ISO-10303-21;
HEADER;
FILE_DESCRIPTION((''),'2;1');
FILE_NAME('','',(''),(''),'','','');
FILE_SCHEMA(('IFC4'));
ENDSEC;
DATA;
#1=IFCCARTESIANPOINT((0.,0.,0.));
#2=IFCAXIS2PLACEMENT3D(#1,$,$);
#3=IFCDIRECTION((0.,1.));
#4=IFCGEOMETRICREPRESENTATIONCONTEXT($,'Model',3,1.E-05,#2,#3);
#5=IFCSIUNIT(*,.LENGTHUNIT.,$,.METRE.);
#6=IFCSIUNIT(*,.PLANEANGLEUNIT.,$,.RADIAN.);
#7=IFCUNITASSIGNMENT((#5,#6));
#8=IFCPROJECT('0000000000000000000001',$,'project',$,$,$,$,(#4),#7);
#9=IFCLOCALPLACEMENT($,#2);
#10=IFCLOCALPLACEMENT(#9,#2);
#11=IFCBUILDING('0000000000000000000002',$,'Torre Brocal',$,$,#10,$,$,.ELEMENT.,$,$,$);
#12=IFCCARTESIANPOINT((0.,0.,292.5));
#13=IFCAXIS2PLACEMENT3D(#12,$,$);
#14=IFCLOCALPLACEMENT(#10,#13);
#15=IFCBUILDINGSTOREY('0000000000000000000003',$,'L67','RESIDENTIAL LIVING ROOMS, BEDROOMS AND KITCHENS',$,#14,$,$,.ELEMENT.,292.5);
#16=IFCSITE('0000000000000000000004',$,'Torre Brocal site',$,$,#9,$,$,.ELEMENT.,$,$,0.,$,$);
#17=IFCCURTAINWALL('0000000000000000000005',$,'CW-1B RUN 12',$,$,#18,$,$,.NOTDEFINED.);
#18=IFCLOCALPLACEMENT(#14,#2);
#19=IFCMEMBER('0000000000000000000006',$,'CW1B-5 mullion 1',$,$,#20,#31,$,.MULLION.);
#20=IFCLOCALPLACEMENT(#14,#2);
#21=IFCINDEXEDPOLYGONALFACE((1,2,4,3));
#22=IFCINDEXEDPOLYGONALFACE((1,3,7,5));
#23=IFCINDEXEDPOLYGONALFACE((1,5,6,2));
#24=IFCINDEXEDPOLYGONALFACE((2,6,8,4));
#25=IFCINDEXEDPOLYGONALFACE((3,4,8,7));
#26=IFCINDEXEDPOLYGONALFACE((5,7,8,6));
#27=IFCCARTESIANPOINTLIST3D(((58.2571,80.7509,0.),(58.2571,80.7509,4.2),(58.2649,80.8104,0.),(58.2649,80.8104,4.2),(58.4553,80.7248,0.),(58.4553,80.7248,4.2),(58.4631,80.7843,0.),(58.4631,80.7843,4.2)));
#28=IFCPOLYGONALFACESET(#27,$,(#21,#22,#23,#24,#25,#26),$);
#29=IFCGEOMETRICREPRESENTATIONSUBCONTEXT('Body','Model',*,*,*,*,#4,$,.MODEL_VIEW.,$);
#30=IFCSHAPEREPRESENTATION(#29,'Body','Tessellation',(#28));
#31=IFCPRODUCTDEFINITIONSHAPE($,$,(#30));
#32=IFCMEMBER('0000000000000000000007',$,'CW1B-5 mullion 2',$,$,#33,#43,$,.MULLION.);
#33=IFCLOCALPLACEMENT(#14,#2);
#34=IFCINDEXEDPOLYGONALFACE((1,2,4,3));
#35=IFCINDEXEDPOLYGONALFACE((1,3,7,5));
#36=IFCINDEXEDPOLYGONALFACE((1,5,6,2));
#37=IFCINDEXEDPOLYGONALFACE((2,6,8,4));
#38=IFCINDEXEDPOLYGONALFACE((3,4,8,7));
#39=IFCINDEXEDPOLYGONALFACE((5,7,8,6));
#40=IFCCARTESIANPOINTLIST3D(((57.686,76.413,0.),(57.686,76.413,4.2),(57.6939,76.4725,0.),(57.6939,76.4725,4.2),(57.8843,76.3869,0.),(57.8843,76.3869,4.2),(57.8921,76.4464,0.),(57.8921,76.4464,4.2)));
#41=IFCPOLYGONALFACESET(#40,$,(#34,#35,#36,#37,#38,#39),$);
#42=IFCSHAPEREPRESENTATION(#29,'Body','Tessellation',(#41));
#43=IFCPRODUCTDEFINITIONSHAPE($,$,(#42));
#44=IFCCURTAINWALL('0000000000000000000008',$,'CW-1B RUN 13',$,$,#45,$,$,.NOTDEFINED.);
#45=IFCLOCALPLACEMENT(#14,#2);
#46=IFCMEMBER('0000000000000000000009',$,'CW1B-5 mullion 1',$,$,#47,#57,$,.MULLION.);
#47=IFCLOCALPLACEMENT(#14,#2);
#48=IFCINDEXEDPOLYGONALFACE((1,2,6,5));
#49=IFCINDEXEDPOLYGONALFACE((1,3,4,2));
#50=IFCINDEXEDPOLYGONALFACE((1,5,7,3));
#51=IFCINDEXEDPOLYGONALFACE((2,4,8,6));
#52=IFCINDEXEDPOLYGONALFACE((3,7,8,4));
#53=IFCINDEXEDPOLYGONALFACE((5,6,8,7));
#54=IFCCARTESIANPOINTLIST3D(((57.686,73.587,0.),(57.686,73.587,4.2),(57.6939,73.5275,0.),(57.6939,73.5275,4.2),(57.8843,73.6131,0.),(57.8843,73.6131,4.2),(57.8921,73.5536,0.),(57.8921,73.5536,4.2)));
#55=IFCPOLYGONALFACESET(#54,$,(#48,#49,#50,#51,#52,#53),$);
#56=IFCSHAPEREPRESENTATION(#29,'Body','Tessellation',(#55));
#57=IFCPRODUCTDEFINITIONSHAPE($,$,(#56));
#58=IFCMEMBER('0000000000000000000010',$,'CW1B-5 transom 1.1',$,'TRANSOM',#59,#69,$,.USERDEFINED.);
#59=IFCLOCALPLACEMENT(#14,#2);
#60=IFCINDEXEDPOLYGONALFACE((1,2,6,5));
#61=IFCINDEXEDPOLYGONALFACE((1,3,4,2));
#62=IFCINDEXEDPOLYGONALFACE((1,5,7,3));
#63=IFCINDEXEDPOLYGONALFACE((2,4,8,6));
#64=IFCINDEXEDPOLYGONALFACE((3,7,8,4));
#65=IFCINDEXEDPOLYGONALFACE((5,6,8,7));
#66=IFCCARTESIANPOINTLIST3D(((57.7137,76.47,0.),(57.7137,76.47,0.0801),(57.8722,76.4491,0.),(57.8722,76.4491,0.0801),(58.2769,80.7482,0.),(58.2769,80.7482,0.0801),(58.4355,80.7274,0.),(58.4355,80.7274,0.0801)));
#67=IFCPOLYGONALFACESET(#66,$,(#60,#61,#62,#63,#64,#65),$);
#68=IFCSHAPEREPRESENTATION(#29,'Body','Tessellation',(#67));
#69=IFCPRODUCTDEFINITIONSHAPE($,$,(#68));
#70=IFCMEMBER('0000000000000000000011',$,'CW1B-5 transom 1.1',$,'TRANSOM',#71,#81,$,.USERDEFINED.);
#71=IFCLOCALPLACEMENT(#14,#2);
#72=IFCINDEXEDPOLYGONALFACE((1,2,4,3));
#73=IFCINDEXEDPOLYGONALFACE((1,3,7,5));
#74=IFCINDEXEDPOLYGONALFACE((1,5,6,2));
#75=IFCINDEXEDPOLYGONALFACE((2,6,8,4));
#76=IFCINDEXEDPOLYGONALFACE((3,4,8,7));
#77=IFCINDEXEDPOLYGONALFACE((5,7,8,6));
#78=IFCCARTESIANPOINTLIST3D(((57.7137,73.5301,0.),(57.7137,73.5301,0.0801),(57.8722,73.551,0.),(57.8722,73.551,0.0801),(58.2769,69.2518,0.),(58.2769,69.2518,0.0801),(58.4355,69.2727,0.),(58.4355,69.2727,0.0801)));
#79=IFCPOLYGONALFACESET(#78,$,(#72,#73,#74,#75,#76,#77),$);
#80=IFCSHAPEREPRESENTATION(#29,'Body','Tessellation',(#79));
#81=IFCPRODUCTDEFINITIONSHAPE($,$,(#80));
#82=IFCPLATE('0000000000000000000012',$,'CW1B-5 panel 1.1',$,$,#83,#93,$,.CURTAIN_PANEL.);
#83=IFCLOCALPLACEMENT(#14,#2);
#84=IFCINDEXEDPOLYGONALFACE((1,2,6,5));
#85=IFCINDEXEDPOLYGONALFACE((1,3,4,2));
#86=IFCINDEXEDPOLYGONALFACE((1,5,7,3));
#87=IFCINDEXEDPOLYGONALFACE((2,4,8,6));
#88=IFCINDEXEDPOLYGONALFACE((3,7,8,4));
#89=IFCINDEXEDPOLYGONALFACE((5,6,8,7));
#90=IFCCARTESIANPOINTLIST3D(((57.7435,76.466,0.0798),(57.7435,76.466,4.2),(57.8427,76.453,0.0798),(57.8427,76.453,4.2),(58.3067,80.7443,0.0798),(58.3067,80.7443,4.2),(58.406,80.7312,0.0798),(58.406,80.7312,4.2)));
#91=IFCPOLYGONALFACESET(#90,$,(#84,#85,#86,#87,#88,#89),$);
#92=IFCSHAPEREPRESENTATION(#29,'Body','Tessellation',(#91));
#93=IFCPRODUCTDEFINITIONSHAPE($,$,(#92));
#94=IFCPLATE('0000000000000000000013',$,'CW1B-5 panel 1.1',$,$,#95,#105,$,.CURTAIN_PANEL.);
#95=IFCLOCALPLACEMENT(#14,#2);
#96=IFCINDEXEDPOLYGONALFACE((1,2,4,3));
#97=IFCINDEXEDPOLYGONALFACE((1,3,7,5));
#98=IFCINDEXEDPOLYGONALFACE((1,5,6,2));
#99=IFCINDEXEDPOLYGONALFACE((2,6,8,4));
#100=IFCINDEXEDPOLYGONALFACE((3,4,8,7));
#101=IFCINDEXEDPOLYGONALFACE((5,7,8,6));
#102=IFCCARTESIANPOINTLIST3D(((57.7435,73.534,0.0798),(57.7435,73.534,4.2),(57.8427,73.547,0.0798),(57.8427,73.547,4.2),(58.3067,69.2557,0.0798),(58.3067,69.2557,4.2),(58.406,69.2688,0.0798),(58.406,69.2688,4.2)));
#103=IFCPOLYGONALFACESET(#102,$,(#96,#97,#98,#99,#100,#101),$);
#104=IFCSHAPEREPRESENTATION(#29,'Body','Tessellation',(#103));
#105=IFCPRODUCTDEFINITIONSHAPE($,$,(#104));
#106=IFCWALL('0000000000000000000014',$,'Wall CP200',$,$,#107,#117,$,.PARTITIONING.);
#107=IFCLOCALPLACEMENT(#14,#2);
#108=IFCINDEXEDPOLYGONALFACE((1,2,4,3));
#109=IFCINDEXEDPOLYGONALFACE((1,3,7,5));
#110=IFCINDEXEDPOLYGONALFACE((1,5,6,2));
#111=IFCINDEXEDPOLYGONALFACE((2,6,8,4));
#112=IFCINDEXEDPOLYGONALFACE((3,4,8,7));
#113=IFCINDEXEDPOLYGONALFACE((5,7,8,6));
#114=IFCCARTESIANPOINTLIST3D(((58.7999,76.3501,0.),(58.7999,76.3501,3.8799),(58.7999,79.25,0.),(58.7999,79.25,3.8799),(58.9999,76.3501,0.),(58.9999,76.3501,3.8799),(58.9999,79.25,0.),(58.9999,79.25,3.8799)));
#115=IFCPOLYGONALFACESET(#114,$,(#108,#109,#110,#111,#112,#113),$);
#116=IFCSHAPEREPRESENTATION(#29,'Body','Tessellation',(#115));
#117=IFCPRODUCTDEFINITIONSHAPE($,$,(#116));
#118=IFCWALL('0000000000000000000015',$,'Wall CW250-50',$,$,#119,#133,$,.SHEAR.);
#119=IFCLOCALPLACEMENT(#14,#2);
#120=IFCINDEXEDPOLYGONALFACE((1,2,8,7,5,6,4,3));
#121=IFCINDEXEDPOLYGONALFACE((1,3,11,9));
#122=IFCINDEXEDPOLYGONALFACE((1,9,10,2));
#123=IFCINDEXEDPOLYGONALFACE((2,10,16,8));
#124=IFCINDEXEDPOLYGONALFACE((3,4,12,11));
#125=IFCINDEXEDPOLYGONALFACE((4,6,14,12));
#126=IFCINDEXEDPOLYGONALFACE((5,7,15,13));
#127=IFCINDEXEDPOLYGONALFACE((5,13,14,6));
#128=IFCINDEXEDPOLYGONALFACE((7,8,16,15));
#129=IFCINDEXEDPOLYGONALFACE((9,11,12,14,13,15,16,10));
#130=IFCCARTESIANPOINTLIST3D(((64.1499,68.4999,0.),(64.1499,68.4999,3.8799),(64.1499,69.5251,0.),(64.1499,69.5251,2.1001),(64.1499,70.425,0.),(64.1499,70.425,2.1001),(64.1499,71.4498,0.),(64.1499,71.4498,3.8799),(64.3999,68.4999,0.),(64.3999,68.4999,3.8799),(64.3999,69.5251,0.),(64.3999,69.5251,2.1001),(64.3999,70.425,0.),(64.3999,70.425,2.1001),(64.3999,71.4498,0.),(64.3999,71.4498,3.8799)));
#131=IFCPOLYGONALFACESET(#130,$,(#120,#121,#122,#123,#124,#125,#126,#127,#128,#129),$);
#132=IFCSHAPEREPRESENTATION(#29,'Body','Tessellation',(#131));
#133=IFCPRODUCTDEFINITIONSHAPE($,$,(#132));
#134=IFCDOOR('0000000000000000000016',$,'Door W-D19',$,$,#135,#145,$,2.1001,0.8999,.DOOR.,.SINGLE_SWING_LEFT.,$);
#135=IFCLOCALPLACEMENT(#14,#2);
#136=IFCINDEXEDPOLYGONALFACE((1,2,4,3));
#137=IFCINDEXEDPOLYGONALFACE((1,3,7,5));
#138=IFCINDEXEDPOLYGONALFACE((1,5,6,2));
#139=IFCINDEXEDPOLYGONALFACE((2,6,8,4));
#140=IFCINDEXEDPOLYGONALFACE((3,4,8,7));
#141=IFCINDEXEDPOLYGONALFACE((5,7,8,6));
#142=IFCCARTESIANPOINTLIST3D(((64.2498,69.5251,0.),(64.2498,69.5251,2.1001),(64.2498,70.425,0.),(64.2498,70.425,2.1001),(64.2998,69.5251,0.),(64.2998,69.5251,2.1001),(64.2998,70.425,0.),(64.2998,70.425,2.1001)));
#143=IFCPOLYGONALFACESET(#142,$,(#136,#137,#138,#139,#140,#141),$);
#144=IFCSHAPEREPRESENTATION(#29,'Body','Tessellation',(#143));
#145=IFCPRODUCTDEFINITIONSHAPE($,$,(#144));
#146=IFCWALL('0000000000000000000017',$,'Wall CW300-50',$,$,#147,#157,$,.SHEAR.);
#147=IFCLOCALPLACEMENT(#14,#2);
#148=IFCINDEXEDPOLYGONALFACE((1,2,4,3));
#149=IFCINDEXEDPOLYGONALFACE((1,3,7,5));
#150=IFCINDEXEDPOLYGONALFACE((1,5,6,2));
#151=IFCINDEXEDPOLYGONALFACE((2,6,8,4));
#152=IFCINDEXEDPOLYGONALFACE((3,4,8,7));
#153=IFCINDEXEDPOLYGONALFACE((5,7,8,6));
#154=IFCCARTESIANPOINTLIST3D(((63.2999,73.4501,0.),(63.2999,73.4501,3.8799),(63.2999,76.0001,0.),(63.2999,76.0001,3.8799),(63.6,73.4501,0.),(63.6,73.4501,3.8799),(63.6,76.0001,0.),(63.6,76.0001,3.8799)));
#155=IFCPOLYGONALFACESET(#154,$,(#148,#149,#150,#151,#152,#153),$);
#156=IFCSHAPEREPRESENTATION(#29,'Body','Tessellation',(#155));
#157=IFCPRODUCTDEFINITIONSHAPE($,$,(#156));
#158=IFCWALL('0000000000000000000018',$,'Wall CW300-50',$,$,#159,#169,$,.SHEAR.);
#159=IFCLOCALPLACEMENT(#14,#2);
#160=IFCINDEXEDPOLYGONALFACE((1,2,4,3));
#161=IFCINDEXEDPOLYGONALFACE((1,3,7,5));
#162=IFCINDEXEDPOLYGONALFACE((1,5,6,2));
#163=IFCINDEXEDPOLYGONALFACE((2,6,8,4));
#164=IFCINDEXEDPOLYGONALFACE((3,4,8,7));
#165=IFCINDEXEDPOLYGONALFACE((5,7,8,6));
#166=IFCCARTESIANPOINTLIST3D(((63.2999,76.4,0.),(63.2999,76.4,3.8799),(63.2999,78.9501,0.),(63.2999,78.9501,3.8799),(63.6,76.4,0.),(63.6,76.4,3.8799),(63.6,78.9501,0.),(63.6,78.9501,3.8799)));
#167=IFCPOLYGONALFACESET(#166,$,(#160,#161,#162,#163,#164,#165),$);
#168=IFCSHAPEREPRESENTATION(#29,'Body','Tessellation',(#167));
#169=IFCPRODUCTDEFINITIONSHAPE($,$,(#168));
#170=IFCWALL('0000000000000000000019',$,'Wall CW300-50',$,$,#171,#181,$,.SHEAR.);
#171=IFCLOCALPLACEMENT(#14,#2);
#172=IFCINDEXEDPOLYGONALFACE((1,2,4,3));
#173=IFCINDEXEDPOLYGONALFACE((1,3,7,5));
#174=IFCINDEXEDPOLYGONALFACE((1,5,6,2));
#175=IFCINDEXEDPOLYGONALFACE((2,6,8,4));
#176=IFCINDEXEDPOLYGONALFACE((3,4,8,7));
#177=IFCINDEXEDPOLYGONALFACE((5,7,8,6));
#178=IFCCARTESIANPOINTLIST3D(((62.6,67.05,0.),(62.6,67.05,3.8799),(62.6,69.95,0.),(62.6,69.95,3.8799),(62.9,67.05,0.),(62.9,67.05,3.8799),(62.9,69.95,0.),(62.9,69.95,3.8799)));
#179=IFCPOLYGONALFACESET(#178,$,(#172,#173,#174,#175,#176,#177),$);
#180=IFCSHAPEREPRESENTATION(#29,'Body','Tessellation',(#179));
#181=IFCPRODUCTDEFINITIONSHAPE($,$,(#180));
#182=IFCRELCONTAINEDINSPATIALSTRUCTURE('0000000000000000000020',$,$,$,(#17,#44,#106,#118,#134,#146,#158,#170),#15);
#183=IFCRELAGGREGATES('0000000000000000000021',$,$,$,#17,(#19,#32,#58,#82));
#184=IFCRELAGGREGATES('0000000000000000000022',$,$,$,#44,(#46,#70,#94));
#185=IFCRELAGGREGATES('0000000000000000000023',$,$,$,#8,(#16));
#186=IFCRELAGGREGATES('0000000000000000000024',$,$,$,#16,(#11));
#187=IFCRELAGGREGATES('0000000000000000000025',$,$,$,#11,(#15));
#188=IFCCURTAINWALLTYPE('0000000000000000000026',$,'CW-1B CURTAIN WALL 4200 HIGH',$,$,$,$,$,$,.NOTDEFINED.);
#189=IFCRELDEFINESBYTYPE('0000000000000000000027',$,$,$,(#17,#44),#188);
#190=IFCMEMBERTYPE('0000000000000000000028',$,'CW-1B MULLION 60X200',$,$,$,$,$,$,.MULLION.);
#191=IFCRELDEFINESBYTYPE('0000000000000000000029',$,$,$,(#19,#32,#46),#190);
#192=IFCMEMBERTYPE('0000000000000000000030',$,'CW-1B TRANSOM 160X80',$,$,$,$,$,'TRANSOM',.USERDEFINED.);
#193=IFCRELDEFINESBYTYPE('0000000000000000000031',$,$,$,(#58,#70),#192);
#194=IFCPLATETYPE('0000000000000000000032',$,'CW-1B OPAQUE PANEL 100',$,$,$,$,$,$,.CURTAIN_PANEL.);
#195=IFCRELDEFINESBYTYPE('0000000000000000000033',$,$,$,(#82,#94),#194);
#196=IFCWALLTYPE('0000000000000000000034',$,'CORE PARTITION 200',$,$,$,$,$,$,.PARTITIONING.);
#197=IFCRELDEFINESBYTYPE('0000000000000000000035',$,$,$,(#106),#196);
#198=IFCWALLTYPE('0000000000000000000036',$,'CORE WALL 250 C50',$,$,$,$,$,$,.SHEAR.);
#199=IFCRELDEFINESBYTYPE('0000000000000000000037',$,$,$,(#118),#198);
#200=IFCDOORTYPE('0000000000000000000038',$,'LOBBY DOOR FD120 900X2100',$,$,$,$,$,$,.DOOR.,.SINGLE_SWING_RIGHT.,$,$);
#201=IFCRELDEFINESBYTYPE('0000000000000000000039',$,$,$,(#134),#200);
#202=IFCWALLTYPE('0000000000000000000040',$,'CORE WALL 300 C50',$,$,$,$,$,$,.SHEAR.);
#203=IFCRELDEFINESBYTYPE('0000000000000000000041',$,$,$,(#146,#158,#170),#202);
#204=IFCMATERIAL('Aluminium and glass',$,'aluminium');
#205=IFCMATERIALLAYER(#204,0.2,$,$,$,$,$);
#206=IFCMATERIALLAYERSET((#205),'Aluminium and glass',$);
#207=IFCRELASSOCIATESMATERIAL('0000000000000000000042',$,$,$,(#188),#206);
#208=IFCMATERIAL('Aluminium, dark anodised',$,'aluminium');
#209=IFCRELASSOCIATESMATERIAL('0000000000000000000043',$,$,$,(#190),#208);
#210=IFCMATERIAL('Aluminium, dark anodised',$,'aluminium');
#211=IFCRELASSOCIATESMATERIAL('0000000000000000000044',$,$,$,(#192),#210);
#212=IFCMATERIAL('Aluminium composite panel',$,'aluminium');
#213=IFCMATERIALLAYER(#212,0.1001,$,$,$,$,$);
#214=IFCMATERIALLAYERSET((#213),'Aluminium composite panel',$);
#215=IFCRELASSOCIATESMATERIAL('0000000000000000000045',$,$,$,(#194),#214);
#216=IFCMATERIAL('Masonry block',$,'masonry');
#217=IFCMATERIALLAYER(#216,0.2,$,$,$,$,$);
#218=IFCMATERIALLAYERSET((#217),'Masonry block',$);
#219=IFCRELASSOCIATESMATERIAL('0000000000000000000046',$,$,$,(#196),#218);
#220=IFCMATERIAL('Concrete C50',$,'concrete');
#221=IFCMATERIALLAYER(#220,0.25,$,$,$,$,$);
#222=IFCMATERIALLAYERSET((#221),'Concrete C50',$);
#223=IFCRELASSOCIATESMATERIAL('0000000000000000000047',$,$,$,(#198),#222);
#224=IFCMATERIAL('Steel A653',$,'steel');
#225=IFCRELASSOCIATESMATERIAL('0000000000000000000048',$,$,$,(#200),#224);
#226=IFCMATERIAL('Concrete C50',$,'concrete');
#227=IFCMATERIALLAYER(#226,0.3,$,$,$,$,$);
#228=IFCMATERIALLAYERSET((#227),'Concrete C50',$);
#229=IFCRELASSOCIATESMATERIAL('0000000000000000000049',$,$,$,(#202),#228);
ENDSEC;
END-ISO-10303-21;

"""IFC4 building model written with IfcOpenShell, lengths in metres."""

from ifc_helpers import new_model, si_unit, direction, frame, frame_2d, origin, origin_2d, place, context, subcontext, project, spatial, rectangle, extrude, material, layer, layer_set, material_profile, profile_set, type_object, element, fill, aggregate, save


model = new_model("IFC4")

# Units and contexts
model_context = context("Model", 3, precision=1e-05, world=origin(), true_north=direction((0.0, 1.0)))
body_context = subcontext(model_context, "Body", "Model", "MODEL_VIEW")
ifc_project = project(units=[si_unit("LENGTHUNIT", "METRE"), si_unit("PLANEANGLEUNIT", "RADIAN")], contexts=[model_context])

# Site, building, storey
site_placement = place(None, origin())
site = spatial("IfcSite", under=ifc_project, at=site_placement, Name="Torre Brocal site", CompositionType="ELEMENT", RefElevation=0.0)
building_placement = place(site_placement, origin())
building = spatial("IfcBuilding", under=site, at=building_placement, Name="Torre Brocal", CompositionType="ELEMENT")
storey_placement = place(building_placement, frame((0.0, 0.0, 292.5)))
storey = spatial("IfcBuildingStorey", under=building, at=storey_placement, Name="L67", Description="RESIDENTIAL LIVING ROOMS, BEDROOMS AND KITCHENS", CompositionType="ELEMENT", Elevation=292.5)

# Curtain wall, members
ifc_material_1 = material(Name="Aluminium and glass", Category="aluminium")
ifc_layer_1 = layer(ifc_material_1, 0.2)
ifc_layer_set_1 = layer_set([ifc_layer_1], Name="Aluminium and glass")
curtain_wall_type = type_object("IfcCurtainWallType", Name="CW-1B CURTAIN WALL 4200 HIGH", PredefinedType="NOTDEFINED", material=ifc_layer_set_1)
curtain_wall_1_placement = place(storey_placement, origin())
curtain_wall_1 = element("IfcCurtainWall", 1, at=curtain_wall_1_placement, inside=storey, type_object=curtain_wall_type, Name="CW-1B RUN 12", PredefinedType="NOTDEFINED")
ifc_material_2 = material(Name="Aluminium, dark anodised", Category="aluminium")
ifc_material_profile_1 = material_profile(ifc_material_2, rectangle(XDim=0.2, YDim=0.0601, at=origin_2d()), Name="CW-1B MULLION 60X200")
ifc_profile_set_1 = profile_set([ifc_material_profile_1], Name="Aluminium, dark anodised")
member_type_1 = type_object("IfcMemberType", Name="CW-1B MULLION 60X200", PredefinedType="MULLION", material=ifc_profile_set_1)
member_1_placement = place(storey_placement, frame((58.3601, 80.7676, 0.0), z_axis=(0.0, 0.0, 1.0), x_axis=(0.991445, -0.130526, 0.0)))
member_1 = element("IfcMember", 2, at=member_1_placement, type_object=member_type_1, Name="CW1B-5 mullion 1", PredefinedType="MULLION", context=body_context, shape_type="SweptSolid", body=[
    extrude(rectangle(XDim=0.2, YDim=0.0601, at=origin_2d()), origin(), (0.0, 0.0, 1.0), 4.2),
])
member_2_placement = place(storey_placement, frame((57.7891, 76.4297, 0.0), z_axis=(0.0, 0.0, 1.0), x_axis=(0.991445, -0.130526, 0.0)))
member_2 = element("IfcMember", 3, at=member_2_placement, type_object=member_type_1, Name="CW1B-5 mullion 2", PredefinedType="MULLION", context=body_context, shape_type="SweptSolid", body=[
    extrude(rectangle(XDim=0.2, YDim=0.0601, at=origin_2d()), origin(), (0.0, 0.0, 1.0), 4.2),
])

# Curtain wall, member
curtain_wall_2_placement = place(storey_placement, origin())
curtain_wall_2 = element("IfcCurtainWall", 4, at=curtain_wall_2_placement, inside=storey, type_object=curtain_wall_type, Name="CW-1B RUN 13", PredefinedType="NOTDEFINED")
member_3_placement = place(storey_placement, frame((57.7891, 73.5703, 0.0), z_axis=(0.0, 0.0, 1.0), x_axis=(0.991445, 0.130526, 0.0)))
member_3 = element("IfcMember", 5, at=member_3_placement, type_object=member_type_1, Name="CW1B-5 mullion 1", PredefinedType="MULLION", context=body_context, shape_type="SweptSolid", body=[
    extrude(rectangle(XDim=0.2, YDim=0.0601, at=origin_2d()), origin(), (0.0, 0.0, 1.0), 4.2),
])

# Members
ifc_material_3 = material(Name="Aluminium, dark anodised", Category="aluminium")
ifc_material_profile_2 = material_profile(ifc_material_3, rectangle(XDim=0.1599, YDim=0.0801, at=origin_2d()), Name="CW-1B TRANSOM 160X80")
ifc_profile_set_2 = profile_set([ifc_material_profile_2], Name="Aluminium, dark anodised")
member_type_2 = type_object("IfcMemberType", Name="CW-1B TRANSOM 160X80", ElementType="TRANSOM", PredefinedType="USERDEFINED", material=ifc_profile_set_2)
member_4_placement = place(storey_placement, frame((58.3562, 80.7378, 0.04), z_axis=(-0.130522, -0.991445, 0.0), x_axis=(0.991445, -0.130522, 0.0)))
member_4 = element("IfcMember", 6, at=member_4_placement, type_object=member_type_2, Name="CW1B-5 transom 1.1", ObjectType="TRANSOM", PredefinedType="USERDEFINED", context=body_context, shape_type="SweptSolid", body=[
    extrude(rectangle(XDim=0.1599, YDim=0.0801, at=origin_2d()), origin(), (0.0, 0.0, 1.0), 4.3152),
])
member_5_placement = place(storey_placement, frame((57.793, 73.5405, 0.04), z_axis=(0.130522, -0.991445, 0.0), x_axis=(0.991445, 0.130522, 0.0)))
member_5 = element("IfcMember", 7, at=member_5_placement, type_object=member_type_2, Name="CW1B-5 transom 1.1", ObjectType="TRANSOM", PredefinedType="USERDEFINED", context=body_context, shape_type="SweptSolid", body=[
    extrude(rectangle(XDim=0.1599, YDim=0.0801, at=origin_2d()), origin(), (0.0, 0.0, 1.0), 4.3152),
])

# Plates
ifc_material_4 = material(Name="Aluminium composite panel", Category="aluminium")
ifc_layer_2 = layer(ifc_material_4, 0.1001)
ifc_layer_set_2 = layer_set([ifc_layer_2], Name="Aluminium composite panel")
plate_type = type_object("IfcPlateType", Name="CW-1B OPAQUE PANEL 100", PredefinedType="CURTAIN_PANEL", material=ifc_layer_set_2)
plate_1_placement = place(storey_placement, frame((58.0747, 78.5986, 0.0798), z_axis=(0.0, 0.0, 1.0), x_axis=(-0.130526, -0.991445, 0.0)))
plate_1 = element("IfcPlate", 8, at=plate_1_placement, type_object=plate_type, Name="CW1B-5 panel 1.1", PredefinedType="CURTAIN_PANEL", context=body_context, shape_type="SweptSolid", body=[
    extrude(rectangle(XDim=4.3152, YDim=0.1001, at=origin_2d()), origin(), (0.0, 0.0, 1.0), 4.1201),
])
aggregate(curtain_wall_1, [member_1, member_2, member_4, plate_1])
plate_2_placement = place(storey_placement, frame((58.0747, 71.4014, 0.0798), z_axis=(0.0, 0.0, 1.0), x_axis=(0.130526, -0.991445, 0.0)))
plate_2 = element("IfcPlate", 9, at=plate_2_placement, type_object=plate_type, Name="CW1B-5 panel 1.1", PredefinedType="CURTAIN_PANEL", context=body_context, shape_type="SweptSolid", body=[
    extrude(rectangle(XDim=4.3152, YDim=0.1001, at=origin_2d()), origin(), (0.0, 0.0, 1.0), 4.1201),
])
aggregate(curtain_wall_2, [member_3, member_5, plate_2])

# Wall
ifc_material_5 = material(Name="Masonry block", Category="masonry")
ifc_layer_3 = layer(ifc_material_5, 0.2)
ifc_layer_set_3 = layer_set([ifc_layer_3], Name="Masonry block")
wall_type_1 = type_object("IfcWallType", Name="CORE PARTITION 200", PredefinedType="PARTITIONING", material=ifc_layer_set_3)
wall_1_placement = place(storey_placement, frame((58.8999, 79.25, 0.0), z_axis=(0.0, 0.0, 1.0), x_axis=(0.0, -1.0, 0.0)))
element("IfcWall", 10, at=wall_1_placement, inside=storey, type_object=wall_type_1, Name="Wall CP200", PredefinedType="PARTITIONING", context=body_context, shape_type="SweptSolid", body=[
    extrude(rectangle(XDim=2.8999, YDim=0.2, at=frame_2d((1.45, 0.0))), origin(), (0.0, 0.0, 1.0), 3.8799),
])

# Wall, opening, door
ifc_material_6 = material(Name="Concrete C50", Category="concrete")
ifc_layer_4 = layer(ifc_material_6, 0.25)
ifc_layer_set_4 = layer_set([ifc_layer_4], Name="Concrete C50")
wall_type_2 = type_object("IfcWallType", Name="CORE WALL 250 C50", PredefinedType="SHEAR", material=ifc_layer_set_4)
wall_2_placement = place(storey_placement, frame((64.2749, 71.45, 0.0), z_axis=(0.0, 0.0, 1.0), x_axis=(0.0, -1.0, 0.0)))
wall_2 = element("IfcWall", 11, at=wall_2_placement, inside=storey, type_object=wall_type_2, Name="Wall CW250-50", PredefinedType="SHEAR", context=body_context, shape_type="SweptSolid", body=[
    extrude(rectangle(XDim=2.95, YDim=0.25, at=frame_2d((1.4751, 0.0))), origin(), (0.0, 0.0, 1.0), 3.8799),
])
opening_1_placement = place(wall_2_placement, frame((1.0249, 0.0, 0.0)))
opening_1 = element("IfcOpeningElement", 12, at=opening_1_placement, cuts=wall_2, PredefinedType="OPENING", context=body_context, shape_type="SweptSolid", body=[
    extrude(rectangle(XDim=0.8999, YDim=2.1001, at=frame_2d((0.45, 1.05))), frame((0.0, 0.135, 0.0), z_axis=(0.0, -1.0, 0.0), x_axis=(1.0, 0.0, 0.0)), (0.0, 0.0, 1.0), 0.27),
])
ifc_material_7 = material(Name="Steel A653", Category="steel")
door_type_1 = type_object("IfcDoorType", Name="LOBBY DOOR FD120 900X2100", OperationType="SINGLE_SWING_RIGHT", PredefinedType="DOOR", material=ifc_material_7)
door_1_placement = place(opening_1_placement, origin())
door_1 = element("IfcDoor", 13, at=door_1_placement, inside=storey, type_object=door_type_1, Name="Door W-D19", OperationType="SINGLE_SWING_LEFT", OverallHeight=2.1001, OverallWidth=0.8999, PredefinedType="DOOR", context=body_context, shape_type="SweptSolid", body=[
    extrude(rectangle(XDim=0.8999, YDim=2.1001, at=frame_2d((0.45, 1.05))), frame((0.0, 0.0249, 0.0), z_axis=(0.0, -1.0, 0.0), x_axis=(1.0, 0.0, 0.0)), (0.0, 0.0, 1.0), 0.05),
])
fill(opening_1, door_1)

# Walls
ifc_material_8 = material(Name="Concrete C50", Category="concrete")
ifc_layer_5 = layer(ifc_material_8, 0.3)
ifc_layer_set_5 = layer_set([ifc_layer_5], Name="Concrete C50")
wall_type_3 = type_object("IfcWallType", Name="CORE WALL 300 C50", PredefinedType="SHEAR", material=ifc_layer_set_5)
for number, where, z_axis, x_axis, name in (
    (14, (63.45, 76.0, 0.0), (0.0, 0.0, 1.0), (0.0, -1.0, 0.0), "Wall CW300-50"),
    (15, (63.45, 78.95, 0.0), (0.0, 0.0, 1.0), (0.0, -1.0, 0.0), "Wall CW300-50"),
):
    element("IfcWall", number, at=place(storey_placement, frame(where, z_axis=z_axis, x_axis=x_axis)), inside=storey, type_object=wall_type_3, Name=name, PredefinedType="SHEAR", context=body_context, shape_type="SweptSolid", body=[
        extrude(rectangle(XDim=2.55, YDim=0.3, at=frame_2d((1.2749, 0.0))), origin(), (0.0, 0.0, 1.0), 3.8799),
    ])
wall_3_placement = place(storey_placement, frame((62.75, 69.95, 0.0), z_axis=(0.0, 0.0, 1.0), x_axis=(0.0, -1.0, 0.0)))
element("IfcWall", 16, at=wall_3_placement, inside=storey, type_object=wall_type_3, Name="Wall CW300-50", PredefinedType="SHEAR", context=body_context, shape_type="SweptSolid", body=[
    extrude(rectangle(XDim=2.8999, YDim=0.3, at=frame_2d((1.45, 0.0))), origin(), (0.0, 0.0, 1.0), 3.8799),
])

save(model, "model.ifc")
